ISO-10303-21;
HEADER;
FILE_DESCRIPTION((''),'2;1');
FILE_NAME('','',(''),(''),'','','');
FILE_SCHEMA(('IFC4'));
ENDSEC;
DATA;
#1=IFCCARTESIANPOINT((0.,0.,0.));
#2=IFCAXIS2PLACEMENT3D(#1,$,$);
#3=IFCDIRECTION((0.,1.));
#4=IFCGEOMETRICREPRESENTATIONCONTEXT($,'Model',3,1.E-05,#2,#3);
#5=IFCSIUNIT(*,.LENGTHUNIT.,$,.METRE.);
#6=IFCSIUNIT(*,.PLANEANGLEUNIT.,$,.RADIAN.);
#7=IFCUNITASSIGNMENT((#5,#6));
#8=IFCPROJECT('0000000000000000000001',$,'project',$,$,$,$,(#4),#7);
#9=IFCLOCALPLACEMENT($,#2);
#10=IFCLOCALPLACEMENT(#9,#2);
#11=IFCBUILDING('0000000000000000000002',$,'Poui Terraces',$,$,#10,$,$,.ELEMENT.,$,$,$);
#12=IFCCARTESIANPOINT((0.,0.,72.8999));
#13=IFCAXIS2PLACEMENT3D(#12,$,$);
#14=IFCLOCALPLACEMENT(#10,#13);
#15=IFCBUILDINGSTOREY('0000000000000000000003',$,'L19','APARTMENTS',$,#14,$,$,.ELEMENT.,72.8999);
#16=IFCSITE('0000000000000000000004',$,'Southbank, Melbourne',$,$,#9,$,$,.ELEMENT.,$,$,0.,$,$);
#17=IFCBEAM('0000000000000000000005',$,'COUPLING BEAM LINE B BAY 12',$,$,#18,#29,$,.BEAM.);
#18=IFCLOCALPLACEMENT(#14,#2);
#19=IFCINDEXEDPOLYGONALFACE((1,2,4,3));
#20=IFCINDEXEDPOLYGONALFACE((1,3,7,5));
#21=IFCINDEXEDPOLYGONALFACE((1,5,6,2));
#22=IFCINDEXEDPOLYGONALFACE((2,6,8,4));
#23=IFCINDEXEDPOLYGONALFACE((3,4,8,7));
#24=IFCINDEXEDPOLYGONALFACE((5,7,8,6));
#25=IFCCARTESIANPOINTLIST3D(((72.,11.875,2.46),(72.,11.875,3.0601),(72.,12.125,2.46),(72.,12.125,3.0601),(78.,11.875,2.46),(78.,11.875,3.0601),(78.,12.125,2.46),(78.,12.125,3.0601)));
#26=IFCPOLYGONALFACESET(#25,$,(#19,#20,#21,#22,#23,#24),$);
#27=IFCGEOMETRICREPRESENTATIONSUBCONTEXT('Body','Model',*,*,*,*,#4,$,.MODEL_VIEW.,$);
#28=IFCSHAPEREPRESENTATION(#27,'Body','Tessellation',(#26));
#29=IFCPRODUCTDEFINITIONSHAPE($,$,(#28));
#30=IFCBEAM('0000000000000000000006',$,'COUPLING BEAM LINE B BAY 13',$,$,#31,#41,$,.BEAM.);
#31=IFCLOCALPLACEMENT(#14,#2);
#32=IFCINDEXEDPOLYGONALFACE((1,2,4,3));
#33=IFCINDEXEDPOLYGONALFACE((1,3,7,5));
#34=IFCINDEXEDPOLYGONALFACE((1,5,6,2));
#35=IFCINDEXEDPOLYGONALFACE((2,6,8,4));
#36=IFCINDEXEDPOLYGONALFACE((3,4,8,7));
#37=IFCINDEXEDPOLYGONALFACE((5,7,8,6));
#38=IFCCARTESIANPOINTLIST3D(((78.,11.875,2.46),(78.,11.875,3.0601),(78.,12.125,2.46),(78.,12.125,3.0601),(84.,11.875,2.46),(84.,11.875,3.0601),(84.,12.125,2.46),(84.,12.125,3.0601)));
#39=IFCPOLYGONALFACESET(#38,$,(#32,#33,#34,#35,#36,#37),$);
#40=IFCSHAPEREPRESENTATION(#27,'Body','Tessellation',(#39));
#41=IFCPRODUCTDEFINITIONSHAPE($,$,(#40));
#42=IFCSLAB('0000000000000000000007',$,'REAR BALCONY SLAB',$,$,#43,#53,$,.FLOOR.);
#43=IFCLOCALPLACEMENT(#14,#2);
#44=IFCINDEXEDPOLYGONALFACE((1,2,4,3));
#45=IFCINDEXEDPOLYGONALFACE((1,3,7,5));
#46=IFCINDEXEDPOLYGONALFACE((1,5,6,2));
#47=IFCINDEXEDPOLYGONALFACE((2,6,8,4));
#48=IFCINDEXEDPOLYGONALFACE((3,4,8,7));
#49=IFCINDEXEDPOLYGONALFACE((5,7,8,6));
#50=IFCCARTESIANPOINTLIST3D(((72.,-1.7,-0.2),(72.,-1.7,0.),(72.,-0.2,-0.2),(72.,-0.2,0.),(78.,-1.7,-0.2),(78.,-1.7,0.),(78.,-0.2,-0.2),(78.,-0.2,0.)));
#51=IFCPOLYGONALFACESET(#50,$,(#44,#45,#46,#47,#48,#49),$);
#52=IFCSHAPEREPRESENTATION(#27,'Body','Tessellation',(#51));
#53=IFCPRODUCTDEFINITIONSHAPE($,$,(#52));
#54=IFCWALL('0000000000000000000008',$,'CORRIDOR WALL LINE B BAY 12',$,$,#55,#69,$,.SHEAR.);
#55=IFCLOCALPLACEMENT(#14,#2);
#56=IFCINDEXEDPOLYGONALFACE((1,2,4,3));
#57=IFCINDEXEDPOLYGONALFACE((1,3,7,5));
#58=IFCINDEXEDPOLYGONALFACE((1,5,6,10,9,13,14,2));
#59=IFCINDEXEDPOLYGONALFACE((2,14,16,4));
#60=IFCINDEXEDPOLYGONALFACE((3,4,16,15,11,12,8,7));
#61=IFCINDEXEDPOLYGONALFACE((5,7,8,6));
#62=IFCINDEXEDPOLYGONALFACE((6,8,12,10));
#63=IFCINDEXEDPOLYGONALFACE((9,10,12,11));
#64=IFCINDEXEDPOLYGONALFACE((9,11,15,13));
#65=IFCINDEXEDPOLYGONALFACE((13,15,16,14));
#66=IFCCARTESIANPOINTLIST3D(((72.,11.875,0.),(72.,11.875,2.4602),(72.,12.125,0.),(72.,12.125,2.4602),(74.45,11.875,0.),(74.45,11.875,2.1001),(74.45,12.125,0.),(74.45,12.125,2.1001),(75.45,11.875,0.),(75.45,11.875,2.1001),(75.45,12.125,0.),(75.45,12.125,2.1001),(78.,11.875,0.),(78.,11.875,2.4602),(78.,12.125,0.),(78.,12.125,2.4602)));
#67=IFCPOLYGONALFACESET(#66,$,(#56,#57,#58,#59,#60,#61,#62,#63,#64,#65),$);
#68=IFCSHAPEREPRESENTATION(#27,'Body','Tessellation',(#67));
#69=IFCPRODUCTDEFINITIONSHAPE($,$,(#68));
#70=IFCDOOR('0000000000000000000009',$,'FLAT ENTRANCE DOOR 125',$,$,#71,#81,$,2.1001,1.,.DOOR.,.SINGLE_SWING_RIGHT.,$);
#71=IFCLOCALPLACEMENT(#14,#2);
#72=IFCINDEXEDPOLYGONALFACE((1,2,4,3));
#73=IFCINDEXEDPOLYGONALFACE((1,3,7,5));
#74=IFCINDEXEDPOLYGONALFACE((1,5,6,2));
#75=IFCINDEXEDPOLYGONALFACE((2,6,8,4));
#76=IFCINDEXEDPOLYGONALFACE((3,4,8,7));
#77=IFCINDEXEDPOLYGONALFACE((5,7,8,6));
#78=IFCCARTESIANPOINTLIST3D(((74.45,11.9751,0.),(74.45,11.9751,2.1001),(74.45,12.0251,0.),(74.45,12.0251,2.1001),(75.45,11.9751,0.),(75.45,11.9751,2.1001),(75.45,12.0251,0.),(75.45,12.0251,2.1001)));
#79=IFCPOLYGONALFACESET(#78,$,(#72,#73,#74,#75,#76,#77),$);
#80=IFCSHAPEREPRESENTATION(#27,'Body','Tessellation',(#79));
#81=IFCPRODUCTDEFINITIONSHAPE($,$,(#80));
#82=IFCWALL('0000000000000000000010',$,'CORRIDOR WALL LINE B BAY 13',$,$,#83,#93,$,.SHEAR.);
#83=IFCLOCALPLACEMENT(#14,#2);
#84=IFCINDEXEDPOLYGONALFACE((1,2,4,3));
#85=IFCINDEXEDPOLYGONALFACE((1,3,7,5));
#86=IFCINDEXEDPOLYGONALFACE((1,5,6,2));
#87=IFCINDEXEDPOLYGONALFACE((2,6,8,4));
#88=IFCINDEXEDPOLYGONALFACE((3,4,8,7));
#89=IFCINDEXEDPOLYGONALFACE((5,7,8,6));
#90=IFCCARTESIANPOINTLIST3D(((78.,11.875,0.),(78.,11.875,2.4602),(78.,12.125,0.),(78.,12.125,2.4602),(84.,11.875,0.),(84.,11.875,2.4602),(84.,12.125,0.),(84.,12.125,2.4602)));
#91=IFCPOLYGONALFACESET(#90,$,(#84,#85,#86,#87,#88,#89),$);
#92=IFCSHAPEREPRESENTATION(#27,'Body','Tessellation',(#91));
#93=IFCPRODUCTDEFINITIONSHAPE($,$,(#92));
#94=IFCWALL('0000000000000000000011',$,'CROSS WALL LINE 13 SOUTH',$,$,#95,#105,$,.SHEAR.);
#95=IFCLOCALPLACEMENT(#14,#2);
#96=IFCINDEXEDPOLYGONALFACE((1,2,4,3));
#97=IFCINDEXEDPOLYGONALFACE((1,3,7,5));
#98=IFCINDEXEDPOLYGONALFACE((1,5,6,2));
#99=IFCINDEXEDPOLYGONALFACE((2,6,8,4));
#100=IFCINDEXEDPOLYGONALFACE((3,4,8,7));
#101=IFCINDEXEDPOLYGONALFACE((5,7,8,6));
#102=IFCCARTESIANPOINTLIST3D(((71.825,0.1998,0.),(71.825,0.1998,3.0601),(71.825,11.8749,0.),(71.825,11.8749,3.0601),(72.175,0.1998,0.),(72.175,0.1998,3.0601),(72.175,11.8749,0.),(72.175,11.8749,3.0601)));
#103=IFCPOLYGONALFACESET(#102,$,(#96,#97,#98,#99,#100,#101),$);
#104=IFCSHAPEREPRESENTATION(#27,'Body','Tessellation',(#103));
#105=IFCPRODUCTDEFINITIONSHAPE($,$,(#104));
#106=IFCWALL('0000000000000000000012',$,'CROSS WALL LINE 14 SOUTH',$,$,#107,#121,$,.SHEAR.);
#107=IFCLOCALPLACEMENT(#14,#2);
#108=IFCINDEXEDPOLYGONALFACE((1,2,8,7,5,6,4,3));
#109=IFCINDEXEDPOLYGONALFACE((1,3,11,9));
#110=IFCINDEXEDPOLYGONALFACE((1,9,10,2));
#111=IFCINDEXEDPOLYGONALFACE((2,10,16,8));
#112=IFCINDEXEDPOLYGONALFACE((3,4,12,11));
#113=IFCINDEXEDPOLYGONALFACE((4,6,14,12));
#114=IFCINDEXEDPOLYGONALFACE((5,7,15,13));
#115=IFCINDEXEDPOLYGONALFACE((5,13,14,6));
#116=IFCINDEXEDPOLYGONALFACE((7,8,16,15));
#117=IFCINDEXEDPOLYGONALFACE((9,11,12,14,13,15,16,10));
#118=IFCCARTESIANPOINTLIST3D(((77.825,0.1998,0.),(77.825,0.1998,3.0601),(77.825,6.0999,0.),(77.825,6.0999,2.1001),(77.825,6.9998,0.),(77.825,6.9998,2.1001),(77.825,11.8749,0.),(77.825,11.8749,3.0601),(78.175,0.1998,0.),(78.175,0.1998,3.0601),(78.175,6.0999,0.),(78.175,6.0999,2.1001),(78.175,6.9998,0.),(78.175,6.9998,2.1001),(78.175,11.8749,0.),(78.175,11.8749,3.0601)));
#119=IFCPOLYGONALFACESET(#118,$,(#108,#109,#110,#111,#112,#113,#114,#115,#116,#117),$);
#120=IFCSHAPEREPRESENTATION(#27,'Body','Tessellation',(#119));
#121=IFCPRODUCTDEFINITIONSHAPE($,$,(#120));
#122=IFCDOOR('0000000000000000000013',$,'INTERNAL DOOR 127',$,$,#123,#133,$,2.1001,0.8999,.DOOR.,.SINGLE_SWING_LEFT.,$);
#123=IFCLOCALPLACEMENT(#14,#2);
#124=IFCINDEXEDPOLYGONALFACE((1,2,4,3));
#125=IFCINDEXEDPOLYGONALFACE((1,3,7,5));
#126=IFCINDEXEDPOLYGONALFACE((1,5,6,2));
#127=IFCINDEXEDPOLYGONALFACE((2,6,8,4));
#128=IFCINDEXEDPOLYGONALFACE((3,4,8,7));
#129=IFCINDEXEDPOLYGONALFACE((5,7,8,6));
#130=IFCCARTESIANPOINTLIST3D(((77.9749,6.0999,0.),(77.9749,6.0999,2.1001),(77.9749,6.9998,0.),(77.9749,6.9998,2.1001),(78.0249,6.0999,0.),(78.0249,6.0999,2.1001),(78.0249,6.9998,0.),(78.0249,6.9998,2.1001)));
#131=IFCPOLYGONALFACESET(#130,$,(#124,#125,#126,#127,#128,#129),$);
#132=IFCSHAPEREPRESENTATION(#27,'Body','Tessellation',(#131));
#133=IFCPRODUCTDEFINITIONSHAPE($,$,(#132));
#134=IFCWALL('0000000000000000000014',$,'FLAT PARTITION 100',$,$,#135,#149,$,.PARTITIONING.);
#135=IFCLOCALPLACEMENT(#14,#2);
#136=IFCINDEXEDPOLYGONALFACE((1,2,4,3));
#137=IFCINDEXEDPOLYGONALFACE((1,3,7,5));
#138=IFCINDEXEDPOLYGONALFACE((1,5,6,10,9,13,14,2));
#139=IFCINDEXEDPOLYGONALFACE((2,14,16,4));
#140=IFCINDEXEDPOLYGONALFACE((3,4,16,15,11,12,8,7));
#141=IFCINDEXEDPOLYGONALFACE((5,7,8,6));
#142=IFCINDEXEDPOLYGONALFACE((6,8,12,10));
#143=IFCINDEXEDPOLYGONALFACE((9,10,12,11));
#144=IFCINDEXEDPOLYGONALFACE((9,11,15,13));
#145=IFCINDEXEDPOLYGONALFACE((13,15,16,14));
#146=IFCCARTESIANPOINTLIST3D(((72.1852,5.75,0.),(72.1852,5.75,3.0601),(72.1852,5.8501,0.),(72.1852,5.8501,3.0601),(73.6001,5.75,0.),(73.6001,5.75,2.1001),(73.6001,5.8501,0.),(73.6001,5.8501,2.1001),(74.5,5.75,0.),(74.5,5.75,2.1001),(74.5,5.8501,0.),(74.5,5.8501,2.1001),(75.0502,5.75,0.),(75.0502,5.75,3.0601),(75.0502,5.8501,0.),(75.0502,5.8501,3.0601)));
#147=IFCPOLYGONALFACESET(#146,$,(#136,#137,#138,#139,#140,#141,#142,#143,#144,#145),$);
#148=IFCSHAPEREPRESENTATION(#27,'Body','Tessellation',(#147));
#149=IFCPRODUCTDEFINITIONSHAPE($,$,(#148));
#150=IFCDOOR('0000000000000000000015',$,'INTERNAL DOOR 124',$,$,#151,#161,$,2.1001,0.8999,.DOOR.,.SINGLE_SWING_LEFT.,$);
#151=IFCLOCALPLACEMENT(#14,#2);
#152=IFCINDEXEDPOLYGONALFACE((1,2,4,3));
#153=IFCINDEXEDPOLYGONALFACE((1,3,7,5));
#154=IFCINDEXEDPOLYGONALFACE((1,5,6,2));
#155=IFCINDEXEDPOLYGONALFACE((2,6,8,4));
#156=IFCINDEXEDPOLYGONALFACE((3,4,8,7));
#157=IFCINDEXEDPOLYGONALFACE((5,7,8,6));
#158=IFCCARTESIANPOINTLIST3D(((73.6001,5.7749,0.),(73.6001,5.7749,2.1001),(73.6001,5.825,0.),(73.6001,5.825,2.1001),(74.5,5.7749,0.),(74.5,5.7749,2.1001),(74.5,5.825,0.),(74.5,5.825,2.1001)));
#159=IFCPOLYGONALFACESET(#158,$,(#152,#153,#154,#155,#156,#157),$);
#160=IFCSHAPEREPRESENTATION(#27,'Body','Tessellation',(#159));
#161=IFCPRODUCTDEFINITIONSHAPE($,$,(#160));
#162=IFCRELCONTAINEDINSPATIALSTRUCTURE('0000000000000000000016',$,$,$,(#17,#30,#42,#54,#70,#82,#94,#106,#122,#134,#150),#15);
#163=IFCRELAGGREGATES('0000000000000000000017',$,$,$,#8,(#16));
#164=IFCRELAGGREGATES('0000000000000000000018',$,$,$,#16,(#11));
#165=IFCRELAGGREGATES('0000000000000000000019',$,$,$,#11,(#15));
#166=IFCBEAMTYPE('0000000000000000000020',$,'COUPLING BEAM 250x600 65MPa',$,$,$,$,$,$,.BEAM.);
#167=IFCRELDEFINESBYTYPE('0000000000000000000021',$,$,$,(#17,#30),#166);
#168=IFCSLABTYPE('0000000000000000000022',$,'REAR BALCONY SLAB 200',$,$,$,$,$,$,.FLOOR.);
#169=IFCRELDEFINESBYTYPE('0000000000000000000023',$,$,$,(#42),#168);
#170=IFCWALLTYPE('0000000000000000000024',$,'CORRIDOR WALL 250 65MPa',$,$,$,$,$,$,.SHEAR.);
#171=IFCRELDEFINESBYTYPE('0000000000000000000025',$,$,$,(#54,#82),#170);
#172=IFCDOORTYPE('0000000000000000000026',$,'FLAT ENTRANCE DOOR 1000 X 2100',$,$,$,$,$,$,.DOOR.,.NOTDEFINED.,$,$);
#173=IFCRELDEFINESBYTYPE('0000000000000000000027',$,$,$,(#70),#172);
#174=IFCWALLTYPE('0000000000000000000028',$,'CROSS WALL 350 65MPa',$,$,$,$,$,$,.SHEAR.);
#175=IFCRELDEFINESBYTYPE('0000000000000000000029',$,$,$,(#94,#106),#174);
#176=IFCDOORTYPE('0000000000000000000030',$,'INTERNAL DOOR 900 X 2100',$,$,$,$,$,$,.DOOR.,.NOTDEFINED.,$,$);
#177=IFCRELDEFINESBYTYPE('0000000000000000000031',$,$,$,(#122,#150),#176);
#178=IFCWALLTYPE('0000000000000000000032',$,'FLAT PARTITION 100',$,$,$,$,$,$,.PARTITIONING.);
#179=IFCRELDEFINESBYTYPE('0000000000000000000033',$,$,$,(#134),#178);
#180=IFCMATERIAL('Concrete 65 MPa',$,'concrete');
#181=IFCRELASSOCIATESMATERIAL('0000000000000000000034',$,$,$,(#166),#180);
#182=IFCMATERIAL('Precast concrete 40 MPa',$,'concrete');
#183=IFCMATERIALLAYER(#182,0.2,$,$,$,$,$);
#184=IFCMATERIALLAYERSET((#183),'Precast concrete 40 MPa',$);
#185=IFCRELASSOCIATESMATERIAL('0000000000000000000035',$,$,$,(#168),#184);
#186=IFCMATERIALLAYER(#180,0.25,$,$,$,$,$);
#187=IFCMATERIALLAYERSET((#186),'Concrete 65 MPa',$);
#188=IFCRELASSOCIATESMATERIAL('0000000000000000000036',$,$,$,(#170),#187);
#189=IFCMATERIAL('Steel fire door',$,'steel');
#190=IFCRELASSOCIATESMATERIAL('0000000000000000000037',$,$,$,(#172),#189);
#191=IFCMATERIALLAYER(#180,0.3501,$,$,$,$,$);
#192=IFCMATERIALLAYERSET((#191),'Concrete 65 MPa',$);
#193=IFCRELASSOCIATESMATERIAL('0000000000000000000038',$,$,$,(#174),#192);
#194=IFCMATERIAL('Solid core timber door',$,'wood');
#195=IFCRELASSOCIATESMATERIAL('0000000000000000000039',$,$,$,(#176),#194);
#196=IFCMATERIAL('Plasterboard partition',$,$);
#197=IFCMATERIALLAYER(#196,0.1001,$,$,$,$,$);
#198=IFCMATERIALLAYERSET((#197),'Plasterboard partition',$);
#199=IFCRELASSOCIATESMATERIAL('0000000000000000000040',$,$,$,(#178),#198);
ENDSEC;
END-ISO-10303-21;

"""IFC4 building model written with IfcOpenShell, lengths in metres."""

from ifc_helpers import new_model, si_unit, direction, frame, frame_2d, origin, origin_2d, place, context, subcontext, project, spatial, polyline, rectangle, outline, extrude, source, transform, mapped, material, layer, layer_set, material_profile, profile_set, type_object, element, fill, save


model = new_model("IFC4")

# Units and contexts
model_context = context("Model", 3, precision=1e-05, world=origin(), true_north=direction((0.0, 1.0)))
body_context = subcontext(model_context, "Body", "Model", "MODEL_VIEW")
ifc_project = project(units=[si_unit("LENGTHUNIT", "METRE"), si_unit("PLANEANGLEUNIT", "RADIAN")], contexts=[model_context])

# Site, building, storey
site_placement = place(None, origin())
site = spatial("IfcSite", under=ifc_project, at=site_placement, Name="Southbank, Melbourne", CompositionType="ELEMENT", RefElevation=0.0)
building_placement = place(site_placement, origin())
building = spatial("IfcBuilding", under=site, at=building_placement, Name="Poui Terraces", CompositionType="ELEMENT")
storey_placement = place(building_placement, frame((0.0, 0.0, 72.8999)))
storey = spatial("IfcBuildingStorey", under=building, at=storey_placement, Name="L19", Description="APARTMENTS", CompositionType="ELEMENT", Elevation=72.8999)

# Beams
ifc_material_1 = material(Name="Concrete 65 MPa", Category="concrete")
ifc_material_profile_1 = material_profile(ifc_material_1, rectangle(XDim=0.25, YDim=0.6001, at=origin_2d()), Name="RC 250x600")
ifc_profile_set_1 = profile_set([ifc_material_profile_1], Name="Concrete 65 MPa")
beam_type = type_object("IfcBeamType", Name="COUPLING BEAM 250x600 65MPa", PredefinedType="BEAM", material=ifc_profile_set_1)
shared_shape_1 = source(origin(), body_context, "Body", "SweptSolid", [
    extrude(rectangle(XDim=0.25, YDim=0.6001, at=origin_2d()), origin(), (0.0, 0.0, 1.0), 6.0),
])
for number, where, z_axis, x_axis, name in (
    (1, (72.0, 12.0, 2.76), (1.0, 0.0, 0.0), (0.0, 1.0, 0.0), "COUPLING BEAM LINE B BAY 12"),
    (2, (78.0, 12.0, 2.76), (1.0, 0.0, 0.0), (0.0, 1.0, 0.0), "COUPLING BEAM LINE B BAY 13"),
):
    element("IfcBeam", number, at=place(storey_placement, frame(where, z_axis=z_axis, x_axis=x_axis)), inside=storey, type_object=beam_type, Name=name, PredefinedType="BEAM", context=body_context, shape_type="MappedRepresentation", body=[
        mapped(shared_shape_1, transform((0.0, 0.0, 0.0))),
    ])

# Slab
ifc_material_2 = material(Name="Precast concrete 40 MPa", Category="concrete")
ifc_layer_1 = layer(ifc_material_2, 0.2)
ifc_layer_set_1 = layer_set([ifc_layer_1], Name="Precast concrete 40 MPa")
slab_type = type_object("IfcSlabType", Name="REAR BALCONY SLAB 200", PredefinedType="FLOOR", material=ifc_layer_set_1)
shared_shape_2 = source(origin(), body_context, "Body", "SweptSolid", [
    extrude(outline(polyline([(0.0, 0.0), (6.0, 0.0), (6.0, 1.5), (0.0, 1.5), (0.0, 0.0)])), origin(), (0.0, 0.0, 1.0), 0.2),
])
slab_placement = place(storey_placement, frame((72.0, -1.7, -0.2)))
element("IfcSlab", 3, at=slab_placement, inside=storey, type_object=slab_type, Name="REAR BALCONY SLAB", PredefinedType="FLOOR", context=body_context, shape_type="MappedRepresentation", body=[
    mapped(shared_shape_2, transform((0.0, 0.0, 0.0))),
])

# Wall, opening, door
ifc_layer_2 = layer(ifc_material_1, 0.25)
ifc_layer_set_2 = layer_set([ifc_layer_2], Name="Concrete 65 MPa")
wall_type_1 = type_object("IfcWallType", Name="CORRIDOR WALL 250 65MPa", PredefinedType="SHEAR", material=ifc_layer_set_2)
wall_1_placement = place(storey_placement, frame((72.0, 12.0, 0.0), z_axis=(0.0, 0.0, 1.0), x_axis=(1.0, 0.0, 0.0)))
wall_1 = element("IfcWall", 4, at=wall_1_placement, inside=storey, type_object=wall_type_1, Name="CORRIDOR WALL LINE B BAY 12", PredefinedType="SHEAR", context=body_context, shape_type="SweptSolid", body=[
    extrude(rectangle(XDim=6.0, YDim=0.25, at=frame_2d((3.0, 0.0))), origin(), (0.0, 0.0, 1.0), 2.4602),
])
opening_1_placement = place(wall_1_placement, frame((2.45, 0.0, 0.0)))
opening_1 = element("IfcOpeningElement", 5, at=opening_1_placement, cuts=wall_1, PredefinedType="OPENING", context=body_context, shape_type="SweptSolid", body=[
    extrude(rectangle(XDim=1.0, YDim=2.1001, at=frame_2d((0.5, 1.05))), frame((0.0, 0.135, 0.0), z_axis=(0.0, -1.0, 0.0), x_axis=(1.0, 0.0, 0.0)), (0.0, 0.0, 1.0), 0.27),
])
ifc_material_3 = material(Name="Steel fire door", Category="steel")
door_type_1 = type_object("IfcDoorType", Name="FLAT ENTRANCE DOOR 1000 X 2100", OperationType="NOTDEFINED", PredefinedType="DOOR", material=ifc_material_3)
door_1_placement = place(opening_1_placement, frame((1.0, 0.0, 0.0), z_axis=(0.0, 0.0, 1.0), x_axis=(-1.0, 0.0, 0.0)))
door_1 = element("IfcDoor", 6, at=door_1_placement, inside=storey, type_object=door_type_1, Name="FLAT ENTRANCE DOOR 125", OperationType="SINGLE_SWING_RIGHT", OverallHeight=2.1001, OverallWidth=1.0, PredefinedType="DOOR", context=body_context, shape_type="SweptSolid", body=[
    extrude(rectangle(XDim=1.0, YDim=2.1001, at=frame_2d((0.5, 1.05))), frame((0.0, 0.0249, 0.0), z_axis=(0.0, -1.0, 0.0), x_axis=(1.0, 0.0, 0.0)), (0.0, 0.0, 1.0), 0.05),
])
fill(opening_1, door_1)

# Walls
wall_2_placement = place(storey_placement, frame((78.0, 12.0, 0.0), z_axis=(0.0, 0.0, 1.0), x_axis=(1.0, 0.0, 0.0)))
element("IfcWall", 7, at=wall_2_placement, inside=storey, type_object=wall_type_1, Name="CORRIDOR WALL LINE B BAY 13", PredefinedType="SHEAR", context=body_context, shape_type="SweptSolid", body=[
    extrude(rectangle(XDim=6.0, YDim=0.25, at=frame_2d((3.0, 0.0))), origin(), (0.0, 0.0, 1.0), 2.4602),
])
ifc_layer_3 = layer(ifc_material_1, 0.3501)
ifc_layer_set_3 = layer_set([ifc_layer_3], Name="Concrete 65 MPa")
wall_type_2 = type_object("IfcWallType", Name="CROSS WALL 350 65MPa", PredefinedType="SHEAR", material=ifc_layer_set_3)
wall_3_placement = place(storey_placement, frame((72.0, 0.2, 0.0), z_axis=(0.0, 0.0, 1.0), x_axis=(0.0, 1.0, 0.0)))
element("IfcWall", 8, at=wall_3_placement, inside=storey, type_object=wall_type_2, Name="CROSS WALL LINE 13 SOUTH", PredefinedType="SHEAR", context=body_context, shape_type="SweptSolid", body=[
    extrude(rectangle(XDim=11.675, YDim=0.3501, at=frame_2d((5.8374, 0.0))), origin(), (0.0, 0.0, 1.0), 3.0601),
])

# Walls, openings, doors
wall_4_placement = place(storey_placement, frame((78.0, 0.2, 0.0), z_axis=(0.0, 0.0, 1.0), x_axis=(0.0, 1.0, 0.0)))
wall_4 = element("IfcWall", 9, at=wall_4_placement, inside=storey, type_object=wall_type_2, Name="CROSS WALL LINE 14 SOUTH", PredefinedType="SHEAR", context=body_context, shape_type="SweptSolid", body=[
    extrude(rectangle(XDim=11.675, YDim=0.3501, at=frame_2d((5.8374, 0.0))), origin(), (0.0, 0.0, 1.0), 3.0601),
])
opening_2_placement = place(wall_4_placement, frame((5.8999, 0.0, 0.0)))
opening_2 = element("IfcOpeningElement", 10, at=opening_2_placement, cuts=wall_4, PredefinedType="OPENING", context=body_context, shape_type="SweptSolid", body=[
    extrude(rectangle(XDim=0.8999, YDim=2.1001, at=frame_2d((0.45, 1.05))), frame((0.0, 0.1851, 0.0), z_axis=(0.0, -1.0, 0.0), x_axis=(1.0, 0.0, 0.0)), (0.0, 0.0, 1.0), 0.3701),
])
ifc_material_4 = material(Name="Solid core timber door", Category="wood")
door_type_2 = type_object("IfcDoorType", Name="INTERNAL DOOR 900 X 2100", OperationType="NOTDEFINED", PredefinedType="DOOR", material=ifc_material_4)
door_2_placement = place(opening_2_placement, frame((0.8999, 0.0, 0.0), z_axis=(0.0, 0.0, 1.0), x_axis=(-1.0, 0.0, 0.0)))
door_2 = element("IfcDoor", 11, at=door_2_placement, inside=storey, type_object=door_type_2, Name="INTERNAL DOOR 127", OperationType="SINGLE_SWING_LEFT", OverallHeight=2.1001, OverallWidth=0.8999, PredefinedType="DOOR", context=body_context, shape_type="SweptSolid", body=[
    extrude(rectangle(XDim=0.8999, YDim=2.1001, at=frame_2d((0.45, 1.05))), frame((0.0, 0.0249, 0.0), z_axis=(0.0, -1.0, 0.0), x_axis=(1.0, 0.0, 0.0)), (0.0, 0.0, 1.0), 0.05),
])
fill(opening_2, door_2)
ifc_material_5 = material(Name="Plasterboard partition")
ifc_layer_4 = layer(ifc_material_5, 0.1001)
ifc_layer_set_4 = layer_set([ifc_layer_4], Name="Plasterboard partition")
wall_type_3 = type_object("IfcWallType", Name="FLAT PARTITION 100", PredefinedType="PARTITIONING", material=ifc_layer_set_4)
wall_5_placement = place(storey_placement, frame((72.1851, 5.8, 0.0), z_axis=(0.0, 0.0, 1.0), x_axis=(1.0, 0.0, 0.0)))
wall_5 = element("IfcWall", 12, at=wall_5_placement, inside=storey, type_object=wall_type_3, Name="FLAT PARTITION 100", PredefinedType="PARTITIONING", context=body_context, shape_type="SweptSolid", body=[
    extrude(rectangle(XDim=2.865, YDim=0.1001, at=frame_2d((1.4326, 0.0))), origin(), (0.0, 0.0, 1.0), 3.0601),
])
opening_3_placement = place(wall_5_placement, frame((1.415, 0.0, 0.0)))
opening_3 = element("IfcOpeningElement", 13, at=opening_3_placement, cuts=wall_5, PredefinedType="OPENING", context=body_context, shape_type="SweptSolid", body=[
    extrude(rectangle(XDim=0.8999, YDim=2.1001, at=frame_2d((0.45, 1.05))), frame((0.0, 0.0601, 0.0), z_axis=(0.0, -1.0, 0.0), x_axis=(1.0, 0.0, 0.0)), (0.0, 0.0, 1.0), 0.1201),
])
door_3_placement = place(opening_3_placement, origin())
door_3 = element("IfcDoor", 14, at=door_3_placement, inside=storey, type_object=door_type_2, Name="INTERNAL DOOR 124", OperationType="SINGLE_SWING_LEFT", OverallHeight=2.1001, OverallWidth=0.8999, PredefinedType="DOOR", context=body_context, shape_type="SweptSolid", body=[
    extrude(rectangle(XDim=0.8999, YDim=2.1001, at=frame_2d((0.45, 1.05))), frame((0.0, 0.0249, 0.0), z_axis=(0.0, -1.0, 0.0), x_axis=(1.0, 0.0, 0.0)), (0.0, 0.0, 1.0), 0.05),
])
fill(opening_3, door_3)

save(model, "model.ifc")
